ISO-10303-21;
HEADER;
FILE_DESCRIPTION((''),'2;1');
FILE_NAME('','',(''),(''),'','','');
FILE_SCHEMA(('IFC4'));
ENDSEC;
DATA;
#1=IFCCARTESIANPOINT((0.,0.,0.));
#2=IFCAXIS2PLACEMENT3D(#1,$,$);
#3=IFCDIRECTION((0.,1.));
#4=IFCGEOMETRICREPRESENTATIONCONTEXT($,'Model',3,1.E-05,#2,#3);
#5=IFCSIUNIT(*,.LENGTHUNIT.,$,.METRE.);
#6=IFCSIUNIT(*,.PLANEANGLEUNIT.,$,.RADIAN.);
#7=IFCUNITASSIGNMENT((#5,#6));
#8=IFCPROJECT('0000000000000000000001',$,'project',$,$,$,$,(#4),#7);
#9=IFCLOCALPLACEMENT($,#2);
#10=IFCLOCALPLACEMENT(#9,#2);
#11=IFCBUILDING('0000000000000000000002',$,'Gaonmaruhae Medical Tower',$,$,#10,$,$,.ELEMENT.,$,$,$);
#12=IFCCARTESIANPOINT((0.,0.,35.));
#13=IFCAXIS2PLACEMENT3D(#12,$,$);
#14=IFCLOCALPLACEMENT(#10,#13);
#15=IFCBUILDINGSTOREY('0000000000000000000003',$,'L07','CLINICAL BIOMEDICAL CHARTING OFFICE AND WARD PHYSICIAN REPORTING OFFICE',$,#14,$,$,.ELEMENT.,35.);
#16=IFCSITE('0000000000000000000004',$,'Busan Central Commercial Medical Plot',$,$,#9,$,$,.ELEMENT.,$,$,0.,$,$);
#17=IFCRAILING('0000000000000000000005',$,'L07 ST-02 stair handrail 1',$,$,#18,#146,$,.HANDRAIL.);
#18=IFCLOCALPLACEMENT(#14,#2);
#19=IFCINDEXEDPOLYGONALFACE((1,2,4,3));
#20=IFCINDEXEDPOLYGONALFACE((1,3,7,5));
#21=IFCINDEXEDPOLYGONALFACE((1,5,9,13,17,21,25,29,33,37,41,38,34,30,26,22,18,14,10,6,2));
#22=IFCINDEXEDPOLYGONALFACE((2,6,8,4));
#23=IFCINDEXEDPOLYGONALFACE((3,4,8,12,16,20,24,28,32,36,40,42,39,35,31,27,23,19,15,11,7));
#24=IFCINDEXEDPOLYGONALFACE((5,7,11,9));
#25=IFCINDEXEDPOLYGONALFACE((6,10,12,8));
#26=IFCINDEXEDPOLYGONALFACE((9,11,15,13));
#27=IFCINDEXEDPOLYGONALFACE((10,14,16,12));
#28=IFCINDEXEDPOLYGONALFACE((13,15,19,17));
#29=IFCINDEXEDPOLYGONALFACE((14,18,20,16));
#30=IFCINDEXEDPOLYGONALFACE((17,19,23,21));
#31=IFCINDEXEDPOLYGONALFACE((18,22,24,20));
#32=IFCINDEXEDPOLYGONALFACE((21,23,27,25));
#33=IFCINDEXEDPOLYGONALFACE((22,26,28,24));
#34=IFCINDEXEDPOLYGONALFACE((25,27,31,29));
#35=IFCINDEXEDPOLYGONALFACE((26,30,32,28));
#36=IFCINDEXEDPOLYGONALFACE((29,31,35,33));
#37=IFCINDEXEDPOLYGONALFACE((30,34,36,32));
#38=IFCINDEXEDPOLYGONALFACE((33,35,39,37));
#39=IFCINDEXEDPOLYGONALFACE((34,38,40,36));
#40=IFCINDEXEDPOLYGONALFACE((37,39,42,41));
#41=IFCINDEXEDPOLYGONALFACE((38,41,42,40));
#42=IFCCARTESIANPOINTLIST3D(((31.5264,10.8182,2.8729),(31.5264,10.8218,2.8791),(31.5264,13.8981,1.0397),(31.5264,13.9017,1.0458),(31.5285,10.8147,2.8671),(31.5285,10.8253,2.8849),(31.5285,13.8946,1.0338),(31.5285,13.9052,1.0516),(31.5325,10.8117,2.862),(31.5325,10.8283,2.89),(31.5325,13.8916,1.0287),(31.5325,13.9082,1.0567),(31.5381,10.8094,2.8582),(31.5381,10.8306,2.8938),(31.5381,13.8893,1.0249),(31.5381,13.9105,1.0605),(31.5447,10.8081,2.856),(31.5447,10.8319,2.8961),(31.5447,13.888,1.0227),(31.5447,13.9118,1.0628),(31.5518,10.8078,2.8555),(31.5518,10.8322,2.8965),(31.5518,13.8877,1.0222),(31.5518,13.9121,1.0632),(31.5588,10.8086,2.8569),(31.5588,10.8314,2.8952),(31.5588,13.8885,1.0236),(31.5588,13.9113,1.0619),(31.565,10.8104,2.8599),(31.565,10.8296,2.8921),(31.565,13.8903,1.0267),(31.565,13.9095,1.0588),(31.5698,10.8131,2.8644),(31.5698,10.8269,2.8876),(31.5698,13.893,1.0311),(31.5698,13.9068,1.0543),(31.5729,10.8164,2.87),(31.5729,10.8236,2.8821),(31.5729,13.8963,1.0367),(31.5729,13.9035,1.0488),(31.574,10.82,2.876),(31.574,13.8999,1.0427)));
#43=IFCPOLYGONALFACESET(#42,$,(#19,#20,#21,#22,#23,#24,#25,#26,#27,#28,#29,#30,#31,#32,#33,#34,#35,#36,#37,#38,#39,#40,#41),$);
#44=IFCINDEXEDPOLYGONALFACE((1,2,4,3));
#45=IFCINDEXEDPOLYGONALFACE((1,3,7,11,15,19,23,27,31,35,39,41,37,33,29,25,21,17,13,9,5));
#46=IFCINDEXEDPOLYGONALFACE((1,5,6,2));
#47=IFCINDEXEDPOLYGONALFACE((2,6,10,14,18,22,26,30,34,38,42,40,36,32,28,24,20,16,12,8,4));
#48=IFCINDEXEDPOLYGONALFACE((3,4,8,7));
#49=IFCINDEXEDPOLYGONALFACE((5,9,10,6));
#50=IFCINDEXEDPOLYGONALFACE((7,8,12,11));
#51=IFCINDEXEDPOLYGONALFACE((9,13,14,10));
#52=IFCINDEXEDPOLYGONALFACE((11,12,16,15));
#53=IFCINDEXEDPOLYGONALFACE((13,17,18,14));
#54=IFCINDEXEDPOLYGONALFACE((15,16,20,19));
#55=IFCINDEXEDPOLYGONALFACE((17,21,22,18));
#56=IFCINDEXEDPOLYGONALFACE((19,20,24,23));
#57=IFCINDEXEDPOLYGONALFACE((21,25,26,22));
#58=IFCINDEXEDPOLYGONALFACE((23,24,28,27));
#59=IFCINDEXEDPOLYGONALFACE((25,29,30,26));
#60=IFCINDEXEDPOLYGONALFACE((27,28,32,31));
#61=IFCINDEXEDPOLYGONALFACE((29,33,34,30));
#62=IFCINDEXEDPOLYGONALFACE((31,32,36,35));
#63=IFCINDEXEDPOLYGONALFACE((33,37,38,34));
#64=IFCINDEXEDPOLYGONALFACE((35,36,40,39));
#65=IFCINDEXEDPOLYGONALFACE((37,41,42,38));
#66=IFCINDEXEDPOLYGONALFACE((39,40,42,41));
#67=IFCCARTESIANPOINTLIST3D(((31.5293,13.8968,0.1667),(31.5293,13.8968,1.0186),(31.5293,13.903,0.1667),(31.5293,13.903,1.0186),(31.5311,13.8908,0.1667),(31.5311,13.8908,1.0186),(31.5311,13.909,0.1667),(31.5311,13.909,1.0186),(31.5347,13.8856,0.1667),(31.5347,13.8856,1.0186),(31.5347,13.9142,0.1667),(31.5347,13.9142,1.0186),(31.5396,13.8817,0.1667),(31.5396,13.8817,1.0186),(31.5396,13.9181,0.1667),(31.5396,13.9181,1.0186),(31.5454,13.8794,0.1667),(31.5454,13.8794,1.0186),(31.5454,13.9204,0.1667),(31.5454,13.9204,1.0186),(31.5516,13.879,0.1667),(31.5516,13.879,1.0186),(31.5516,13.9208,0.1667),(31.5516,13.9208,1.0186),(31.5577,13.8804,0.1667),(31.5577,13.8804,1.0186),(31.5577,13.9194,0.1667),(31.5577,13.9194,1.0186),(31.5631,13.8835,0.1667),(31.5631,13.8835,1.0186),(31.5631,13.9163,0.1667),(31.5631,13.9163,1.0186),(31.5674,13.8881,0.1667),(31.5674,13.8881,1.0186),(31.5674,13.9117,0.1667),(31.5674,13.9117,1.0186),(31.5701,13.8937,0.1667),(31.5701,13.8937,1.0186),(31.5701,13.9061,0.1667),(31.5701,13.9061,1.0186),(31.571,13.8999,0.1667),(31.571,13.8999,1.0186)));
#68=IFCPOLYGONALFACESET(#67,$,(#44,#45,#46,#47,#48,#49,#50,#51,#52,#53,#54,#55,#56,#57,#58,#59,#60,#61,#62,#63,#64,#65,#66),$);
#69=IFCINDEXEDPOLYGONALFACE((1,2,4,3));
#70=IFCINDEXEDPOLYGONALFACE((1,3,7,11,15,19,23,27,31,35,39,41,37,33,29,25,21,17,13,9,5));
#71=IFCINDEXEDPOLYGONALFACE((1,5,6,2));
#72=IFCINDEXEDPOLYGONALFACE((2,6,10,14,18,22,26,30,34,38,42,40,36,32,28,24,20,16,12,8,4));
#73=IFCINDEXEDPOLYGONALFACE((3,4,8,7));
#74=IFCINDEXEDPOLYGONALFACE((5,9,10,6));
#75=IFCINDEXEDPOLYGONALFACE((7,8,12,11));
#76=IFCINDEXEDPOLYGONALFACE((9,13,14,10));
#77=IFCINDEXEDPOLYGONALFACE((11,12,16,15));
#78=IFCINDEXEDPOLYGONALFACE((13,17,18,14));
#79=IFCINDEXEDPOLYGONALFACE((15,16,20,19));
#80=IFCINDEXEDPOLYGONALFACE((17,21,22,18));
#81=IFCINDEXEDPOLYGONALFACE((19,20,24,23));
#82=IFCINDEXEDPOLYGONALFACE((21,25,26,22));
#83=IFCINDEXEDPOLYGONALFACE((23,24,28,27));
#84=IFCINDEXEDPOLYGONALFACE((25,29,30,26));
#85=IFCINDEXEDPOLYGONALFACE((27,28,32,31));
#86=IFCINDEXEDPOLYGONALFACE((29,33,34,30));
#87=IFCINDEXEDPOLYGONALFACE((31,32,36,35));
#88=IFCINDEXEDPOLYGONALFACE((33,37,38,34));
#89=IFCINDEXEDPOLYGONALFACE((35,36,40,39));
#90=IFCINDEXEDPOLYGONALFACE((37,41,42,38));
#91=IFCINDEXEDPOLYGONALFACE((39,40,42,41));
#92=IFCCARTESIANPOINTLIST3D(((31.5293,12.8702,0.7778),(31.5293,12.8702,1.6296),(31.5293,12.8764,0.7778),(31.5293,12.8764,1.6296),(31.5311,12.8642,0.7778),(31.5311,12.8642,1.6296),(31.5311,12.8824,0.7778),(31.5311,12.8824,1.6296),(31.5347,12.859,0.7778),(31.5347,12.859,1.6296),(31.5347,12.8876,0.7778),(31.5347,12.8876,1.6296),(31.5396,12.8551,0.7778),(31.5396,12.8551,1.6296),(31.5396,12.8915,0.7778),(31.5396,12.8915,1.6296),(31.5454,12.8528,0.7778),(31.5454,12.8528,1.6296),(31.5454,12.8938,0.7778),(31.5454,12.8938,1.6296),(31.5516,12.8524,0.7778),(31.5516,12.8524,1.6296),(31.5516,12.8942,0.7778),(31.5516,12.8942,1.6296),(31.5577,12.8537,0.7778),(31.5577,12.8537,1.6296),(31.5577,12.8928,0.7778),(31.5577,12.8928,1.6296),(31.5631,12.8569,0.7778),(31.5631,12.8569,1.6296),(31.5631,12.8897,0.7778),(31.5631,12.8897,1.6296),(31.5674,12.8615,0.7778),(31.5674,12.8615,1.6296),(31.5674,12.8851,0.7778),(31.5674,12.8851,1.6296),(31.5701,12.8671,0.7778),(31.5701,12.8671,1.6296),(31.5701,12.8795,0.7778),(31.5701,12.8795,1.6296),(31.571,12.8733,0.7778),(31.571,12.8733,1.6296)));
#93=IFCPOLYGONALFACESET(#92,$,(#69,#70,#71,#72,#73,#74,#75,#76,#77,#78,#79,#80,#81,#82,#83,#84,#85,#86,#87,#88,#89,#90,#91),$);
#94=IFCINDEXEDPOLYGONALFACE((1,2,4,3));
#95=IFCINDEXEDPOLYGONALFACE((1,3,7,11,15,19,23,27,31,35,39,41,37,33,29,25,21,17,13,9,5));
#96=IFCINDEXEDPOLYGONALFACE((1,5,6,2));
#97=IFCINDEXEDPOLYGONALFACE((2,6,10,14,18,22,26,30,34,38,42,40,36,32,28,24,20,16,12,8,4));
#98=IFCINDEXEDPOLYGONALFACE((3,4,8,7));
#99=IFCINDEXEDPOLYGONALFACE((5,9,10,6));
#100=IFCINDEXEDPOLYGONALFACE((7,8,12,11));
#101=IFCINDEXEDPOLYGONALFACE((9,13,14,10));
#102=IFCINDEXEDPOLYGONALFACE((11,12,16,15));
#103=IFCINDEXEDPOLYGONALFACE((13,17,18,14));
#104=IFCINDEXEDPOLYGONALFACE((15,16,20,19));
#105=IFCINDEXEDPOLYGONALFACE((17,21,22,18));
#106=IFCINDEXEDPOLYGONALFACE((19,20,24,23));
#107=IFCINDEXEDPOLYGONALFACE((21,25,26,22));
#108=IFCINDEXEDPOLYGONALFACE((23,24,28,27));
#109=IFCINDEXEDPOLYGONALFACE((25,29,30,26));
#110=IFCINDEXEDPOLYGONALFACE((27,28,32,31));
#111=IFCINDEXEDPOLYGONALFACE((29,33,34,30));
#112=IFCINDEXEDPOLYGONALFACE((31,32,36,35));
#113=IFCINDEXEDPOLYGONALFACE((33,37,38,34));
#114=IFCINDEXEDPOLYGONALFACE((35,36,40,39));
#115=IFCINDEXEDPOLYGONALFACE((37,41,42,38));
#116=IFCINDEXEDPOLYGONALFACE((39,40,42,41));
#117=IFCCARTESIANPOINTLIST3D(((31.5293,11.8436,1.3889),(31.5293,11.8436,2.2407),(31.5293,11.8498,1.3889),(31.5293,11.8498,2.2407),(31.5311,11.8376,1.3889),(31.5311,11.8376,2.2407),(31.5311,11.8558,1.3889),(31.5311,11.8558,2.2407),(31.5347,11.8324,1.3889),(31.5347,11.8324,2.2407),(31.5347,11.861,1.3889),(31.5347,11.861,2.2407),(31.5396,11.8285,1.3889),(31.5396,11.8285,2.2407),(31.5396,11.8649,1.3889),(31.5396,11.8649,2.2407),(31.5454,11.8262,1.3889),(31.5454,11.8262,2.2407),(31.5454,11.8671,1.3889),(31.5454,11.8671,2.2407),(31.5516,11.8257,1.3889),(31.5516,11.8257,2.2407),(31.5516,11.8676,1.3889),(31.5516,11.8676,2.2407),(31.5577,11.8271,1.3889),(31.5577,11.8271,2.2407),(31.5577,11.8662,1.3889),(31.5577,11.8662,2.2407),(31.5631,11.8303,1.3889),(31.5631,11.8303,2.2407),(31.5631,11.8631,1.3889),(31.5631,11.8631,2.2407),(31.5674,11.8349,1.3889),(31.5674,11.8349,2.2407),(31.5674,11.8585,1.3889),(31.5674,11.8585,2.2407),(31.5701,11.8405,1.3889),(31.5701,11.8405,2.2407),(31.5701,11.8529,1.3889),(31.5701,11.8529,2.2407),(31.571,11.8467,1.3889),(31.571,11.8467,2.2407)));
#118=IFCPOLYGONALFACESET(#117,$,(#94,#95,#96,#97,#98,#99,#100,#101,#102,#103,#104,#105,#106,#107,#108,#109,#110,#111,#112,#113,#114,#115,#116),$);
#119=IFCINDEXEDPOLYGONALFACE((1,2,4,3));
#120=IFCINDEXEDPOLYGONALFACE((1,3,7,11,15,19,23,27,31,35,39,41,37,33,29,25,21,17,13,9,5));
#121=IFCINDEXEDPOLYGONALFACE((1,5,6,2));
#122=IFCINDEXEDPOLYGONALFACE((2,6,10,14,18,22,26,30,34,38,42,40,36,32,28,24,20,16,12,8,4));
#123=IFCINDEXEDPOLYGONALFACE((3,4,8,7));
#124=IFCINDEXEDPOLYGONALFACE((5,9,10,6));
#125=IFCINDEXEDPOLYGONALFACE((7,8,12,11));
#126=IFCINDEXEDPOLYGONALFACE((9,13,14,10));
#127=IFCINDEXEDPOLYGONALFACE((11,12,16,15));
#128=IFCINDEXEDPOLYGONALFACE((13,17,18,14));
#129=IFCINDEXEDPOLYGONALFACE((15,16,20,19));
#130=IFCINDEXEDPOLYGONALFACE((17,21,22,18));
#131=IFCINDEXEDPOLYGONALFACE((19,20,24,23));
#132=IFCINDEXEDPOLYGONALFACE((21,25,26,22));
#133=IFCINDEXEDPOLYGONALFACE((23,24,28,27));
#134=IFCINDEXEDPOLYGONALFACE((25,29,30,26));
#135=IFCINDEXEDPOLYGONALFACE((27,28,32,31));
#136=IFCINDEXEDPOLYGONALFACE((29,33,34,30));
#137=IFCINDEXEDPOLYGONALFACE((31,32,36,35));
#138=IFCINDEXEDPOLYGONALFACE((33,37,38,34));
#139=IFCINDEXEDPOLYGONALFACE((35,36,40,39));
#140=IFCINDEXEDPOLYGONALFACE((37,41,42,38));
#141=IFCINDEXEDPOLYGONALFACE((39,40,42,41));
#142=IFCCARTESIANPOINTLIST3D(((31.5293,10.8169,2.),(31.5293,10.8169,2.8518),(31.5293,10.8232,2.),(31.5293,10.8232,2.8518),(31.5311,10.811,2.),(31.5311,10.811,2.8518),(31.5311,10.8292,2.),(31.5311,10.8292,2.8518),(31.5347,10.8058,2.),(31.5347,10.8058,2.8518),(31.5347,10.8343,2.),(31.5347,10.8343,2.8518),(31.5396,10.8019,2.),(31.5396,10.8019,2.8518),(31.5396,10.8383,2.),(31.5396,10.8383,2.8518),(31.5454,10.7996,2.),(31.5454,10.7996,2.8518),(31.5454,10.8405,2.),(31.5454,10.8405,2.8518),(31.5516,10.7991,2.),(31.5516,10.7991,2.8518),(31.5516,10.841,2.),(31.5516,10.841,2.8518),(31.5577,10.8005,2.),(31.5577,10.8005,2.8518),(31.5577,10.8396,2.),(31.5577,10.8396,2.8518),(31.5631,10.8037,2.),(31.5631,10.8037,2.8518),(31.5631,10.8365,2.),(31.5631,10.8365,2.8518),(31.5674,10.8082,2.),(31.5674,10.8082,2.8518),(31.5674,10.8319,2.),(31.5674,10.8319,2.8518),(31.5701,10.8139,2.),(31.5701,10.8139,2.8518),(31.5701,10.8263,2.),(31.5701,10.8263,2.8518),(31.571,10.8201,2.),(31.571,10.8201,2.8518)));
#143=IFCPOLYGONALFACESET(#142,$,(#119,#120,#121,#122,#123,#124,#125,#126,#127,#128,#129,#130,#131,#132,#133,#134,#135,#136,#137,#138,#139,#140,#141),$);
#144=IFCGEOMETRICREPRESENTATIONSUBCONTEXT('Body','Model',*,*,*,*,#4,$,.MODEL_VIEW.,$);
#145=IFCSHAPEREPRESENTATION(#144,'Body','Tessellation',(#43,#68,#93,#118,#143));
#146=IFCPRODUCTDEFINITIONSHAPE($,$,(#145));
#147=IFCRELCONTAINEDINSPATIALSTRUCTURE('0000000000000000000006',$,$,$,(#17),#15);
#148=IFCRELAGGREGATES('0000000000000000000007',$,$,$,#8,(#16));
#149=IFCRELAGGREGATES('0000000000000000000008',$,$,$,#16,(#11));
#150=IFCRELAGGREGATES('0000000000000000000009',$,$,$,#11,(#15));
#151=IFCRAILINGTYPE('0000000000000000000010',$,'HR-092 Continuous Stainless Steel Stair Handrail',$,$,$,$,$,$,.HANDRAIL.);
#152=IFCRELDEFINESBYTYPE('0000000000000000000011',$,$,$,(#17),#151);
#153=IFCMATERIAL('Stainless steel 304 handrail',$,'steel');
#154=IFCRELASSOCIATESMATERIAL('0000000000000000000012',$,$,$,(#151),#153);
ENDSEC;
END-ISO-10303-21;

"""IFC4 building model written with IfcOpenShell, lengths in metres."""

from ifc_helpers import new_model, si_unit, direction, frame, origin, origin_2d, place, context, subcontext, project, spatial, circle, extrude, material, type_object, element, save


model = new_model("IFC4")

# Units and contexts
model_context = context("Model", 3, precision=1e-05, world=origin(), true_north=direction((0.0, 1.0)))
body_context = subcontext(model_context, "Body", "Model", "MODEL_VIEW")
ifc_project = project(units=[si_unit("LENGTHUNIT", "METRE"), si_unit("PLANEANGLEUNIT", "RADIAN")], contexts=[model_context])

# Site, building, storey
site_placement = place(None, origin())
site = spatial("IfcSite", under=ifc_project, at=site_placement, Name="Busan Central Commercial Medical Plot", CompositionType="ELEMENT", RefElevation=0.0)
building_placement = place(site_placement, origin())
building = spatial("IfcBuilding", under=site, at=building_placement, Name="Gaonmaruhae Medical Tower", CompositionType="ELEMENT")
storey_placement = place(building_placement, frame((0.0, 0.0, 35.0)))
storey = spatial("IfcBuildingStorey", under=building, at=storey_placement, Name="L07", Description="CLINICAL BIOMEDICAL CHARTING OFFICE AND WARD PHYSICIAN REPORTING OFFICE", CompositionType="ELEMENT", Elevation=35.0)

# Railing
ifc_material_1 = material(Name="Stainless steel 304 handrail", Category="steel")
railing_type_1 = type_object("IfcRailingType", Name="HR-092 Continuous Stainless Steel Stair Handrail", PredefinedType="HANDRAIL", material=ifc_material_1)
railing_1_placement = place(storey_placement, frame((31.55, 13.8999, 0.1667)))
element("IfcRailing", 1, at=railing_1_placement, inside=storey, type_object=railing_type_1, Name="L07 ST-02 stair handrail 1", PredefinedType="HANDRAIL", context=body_context, shape_type="SweptSolid", body=[
    extrude(circle(Radius=0.0239, at=origin_2d()), frame((0.0, 0.0, 0.876), z_axis=(0.0, -0.859291, 0.511487), x_axis=(1.0, 0.0, 0.0)), (0.0, 0.0, 1.0), 3.5842),
    extrude(circle(Radius=0.021, at=origin_2d()), origin(), (0.0, 0.0, 1.0), 0.8518),
    extrude(circle(Radius=0.021, at=origin_2d()), frame((0.0, -1.0266, 0.6111)), (0.0, 0.0, 1.0), 0.8518),
    extrude(circle(Radius=0.021, at=origin_2d()), frame((0.0, -2.0532, 1.2222)), (0.0, 0.0, 1.0), 0.8518),
    extrude(circle(Radius=0.021, at=origin_2d()), frame((0.0, -3.0798, 1.8333)), (0.0, 0.0, 1.0), 0.8518),
])

save(model, "model.ifc")
